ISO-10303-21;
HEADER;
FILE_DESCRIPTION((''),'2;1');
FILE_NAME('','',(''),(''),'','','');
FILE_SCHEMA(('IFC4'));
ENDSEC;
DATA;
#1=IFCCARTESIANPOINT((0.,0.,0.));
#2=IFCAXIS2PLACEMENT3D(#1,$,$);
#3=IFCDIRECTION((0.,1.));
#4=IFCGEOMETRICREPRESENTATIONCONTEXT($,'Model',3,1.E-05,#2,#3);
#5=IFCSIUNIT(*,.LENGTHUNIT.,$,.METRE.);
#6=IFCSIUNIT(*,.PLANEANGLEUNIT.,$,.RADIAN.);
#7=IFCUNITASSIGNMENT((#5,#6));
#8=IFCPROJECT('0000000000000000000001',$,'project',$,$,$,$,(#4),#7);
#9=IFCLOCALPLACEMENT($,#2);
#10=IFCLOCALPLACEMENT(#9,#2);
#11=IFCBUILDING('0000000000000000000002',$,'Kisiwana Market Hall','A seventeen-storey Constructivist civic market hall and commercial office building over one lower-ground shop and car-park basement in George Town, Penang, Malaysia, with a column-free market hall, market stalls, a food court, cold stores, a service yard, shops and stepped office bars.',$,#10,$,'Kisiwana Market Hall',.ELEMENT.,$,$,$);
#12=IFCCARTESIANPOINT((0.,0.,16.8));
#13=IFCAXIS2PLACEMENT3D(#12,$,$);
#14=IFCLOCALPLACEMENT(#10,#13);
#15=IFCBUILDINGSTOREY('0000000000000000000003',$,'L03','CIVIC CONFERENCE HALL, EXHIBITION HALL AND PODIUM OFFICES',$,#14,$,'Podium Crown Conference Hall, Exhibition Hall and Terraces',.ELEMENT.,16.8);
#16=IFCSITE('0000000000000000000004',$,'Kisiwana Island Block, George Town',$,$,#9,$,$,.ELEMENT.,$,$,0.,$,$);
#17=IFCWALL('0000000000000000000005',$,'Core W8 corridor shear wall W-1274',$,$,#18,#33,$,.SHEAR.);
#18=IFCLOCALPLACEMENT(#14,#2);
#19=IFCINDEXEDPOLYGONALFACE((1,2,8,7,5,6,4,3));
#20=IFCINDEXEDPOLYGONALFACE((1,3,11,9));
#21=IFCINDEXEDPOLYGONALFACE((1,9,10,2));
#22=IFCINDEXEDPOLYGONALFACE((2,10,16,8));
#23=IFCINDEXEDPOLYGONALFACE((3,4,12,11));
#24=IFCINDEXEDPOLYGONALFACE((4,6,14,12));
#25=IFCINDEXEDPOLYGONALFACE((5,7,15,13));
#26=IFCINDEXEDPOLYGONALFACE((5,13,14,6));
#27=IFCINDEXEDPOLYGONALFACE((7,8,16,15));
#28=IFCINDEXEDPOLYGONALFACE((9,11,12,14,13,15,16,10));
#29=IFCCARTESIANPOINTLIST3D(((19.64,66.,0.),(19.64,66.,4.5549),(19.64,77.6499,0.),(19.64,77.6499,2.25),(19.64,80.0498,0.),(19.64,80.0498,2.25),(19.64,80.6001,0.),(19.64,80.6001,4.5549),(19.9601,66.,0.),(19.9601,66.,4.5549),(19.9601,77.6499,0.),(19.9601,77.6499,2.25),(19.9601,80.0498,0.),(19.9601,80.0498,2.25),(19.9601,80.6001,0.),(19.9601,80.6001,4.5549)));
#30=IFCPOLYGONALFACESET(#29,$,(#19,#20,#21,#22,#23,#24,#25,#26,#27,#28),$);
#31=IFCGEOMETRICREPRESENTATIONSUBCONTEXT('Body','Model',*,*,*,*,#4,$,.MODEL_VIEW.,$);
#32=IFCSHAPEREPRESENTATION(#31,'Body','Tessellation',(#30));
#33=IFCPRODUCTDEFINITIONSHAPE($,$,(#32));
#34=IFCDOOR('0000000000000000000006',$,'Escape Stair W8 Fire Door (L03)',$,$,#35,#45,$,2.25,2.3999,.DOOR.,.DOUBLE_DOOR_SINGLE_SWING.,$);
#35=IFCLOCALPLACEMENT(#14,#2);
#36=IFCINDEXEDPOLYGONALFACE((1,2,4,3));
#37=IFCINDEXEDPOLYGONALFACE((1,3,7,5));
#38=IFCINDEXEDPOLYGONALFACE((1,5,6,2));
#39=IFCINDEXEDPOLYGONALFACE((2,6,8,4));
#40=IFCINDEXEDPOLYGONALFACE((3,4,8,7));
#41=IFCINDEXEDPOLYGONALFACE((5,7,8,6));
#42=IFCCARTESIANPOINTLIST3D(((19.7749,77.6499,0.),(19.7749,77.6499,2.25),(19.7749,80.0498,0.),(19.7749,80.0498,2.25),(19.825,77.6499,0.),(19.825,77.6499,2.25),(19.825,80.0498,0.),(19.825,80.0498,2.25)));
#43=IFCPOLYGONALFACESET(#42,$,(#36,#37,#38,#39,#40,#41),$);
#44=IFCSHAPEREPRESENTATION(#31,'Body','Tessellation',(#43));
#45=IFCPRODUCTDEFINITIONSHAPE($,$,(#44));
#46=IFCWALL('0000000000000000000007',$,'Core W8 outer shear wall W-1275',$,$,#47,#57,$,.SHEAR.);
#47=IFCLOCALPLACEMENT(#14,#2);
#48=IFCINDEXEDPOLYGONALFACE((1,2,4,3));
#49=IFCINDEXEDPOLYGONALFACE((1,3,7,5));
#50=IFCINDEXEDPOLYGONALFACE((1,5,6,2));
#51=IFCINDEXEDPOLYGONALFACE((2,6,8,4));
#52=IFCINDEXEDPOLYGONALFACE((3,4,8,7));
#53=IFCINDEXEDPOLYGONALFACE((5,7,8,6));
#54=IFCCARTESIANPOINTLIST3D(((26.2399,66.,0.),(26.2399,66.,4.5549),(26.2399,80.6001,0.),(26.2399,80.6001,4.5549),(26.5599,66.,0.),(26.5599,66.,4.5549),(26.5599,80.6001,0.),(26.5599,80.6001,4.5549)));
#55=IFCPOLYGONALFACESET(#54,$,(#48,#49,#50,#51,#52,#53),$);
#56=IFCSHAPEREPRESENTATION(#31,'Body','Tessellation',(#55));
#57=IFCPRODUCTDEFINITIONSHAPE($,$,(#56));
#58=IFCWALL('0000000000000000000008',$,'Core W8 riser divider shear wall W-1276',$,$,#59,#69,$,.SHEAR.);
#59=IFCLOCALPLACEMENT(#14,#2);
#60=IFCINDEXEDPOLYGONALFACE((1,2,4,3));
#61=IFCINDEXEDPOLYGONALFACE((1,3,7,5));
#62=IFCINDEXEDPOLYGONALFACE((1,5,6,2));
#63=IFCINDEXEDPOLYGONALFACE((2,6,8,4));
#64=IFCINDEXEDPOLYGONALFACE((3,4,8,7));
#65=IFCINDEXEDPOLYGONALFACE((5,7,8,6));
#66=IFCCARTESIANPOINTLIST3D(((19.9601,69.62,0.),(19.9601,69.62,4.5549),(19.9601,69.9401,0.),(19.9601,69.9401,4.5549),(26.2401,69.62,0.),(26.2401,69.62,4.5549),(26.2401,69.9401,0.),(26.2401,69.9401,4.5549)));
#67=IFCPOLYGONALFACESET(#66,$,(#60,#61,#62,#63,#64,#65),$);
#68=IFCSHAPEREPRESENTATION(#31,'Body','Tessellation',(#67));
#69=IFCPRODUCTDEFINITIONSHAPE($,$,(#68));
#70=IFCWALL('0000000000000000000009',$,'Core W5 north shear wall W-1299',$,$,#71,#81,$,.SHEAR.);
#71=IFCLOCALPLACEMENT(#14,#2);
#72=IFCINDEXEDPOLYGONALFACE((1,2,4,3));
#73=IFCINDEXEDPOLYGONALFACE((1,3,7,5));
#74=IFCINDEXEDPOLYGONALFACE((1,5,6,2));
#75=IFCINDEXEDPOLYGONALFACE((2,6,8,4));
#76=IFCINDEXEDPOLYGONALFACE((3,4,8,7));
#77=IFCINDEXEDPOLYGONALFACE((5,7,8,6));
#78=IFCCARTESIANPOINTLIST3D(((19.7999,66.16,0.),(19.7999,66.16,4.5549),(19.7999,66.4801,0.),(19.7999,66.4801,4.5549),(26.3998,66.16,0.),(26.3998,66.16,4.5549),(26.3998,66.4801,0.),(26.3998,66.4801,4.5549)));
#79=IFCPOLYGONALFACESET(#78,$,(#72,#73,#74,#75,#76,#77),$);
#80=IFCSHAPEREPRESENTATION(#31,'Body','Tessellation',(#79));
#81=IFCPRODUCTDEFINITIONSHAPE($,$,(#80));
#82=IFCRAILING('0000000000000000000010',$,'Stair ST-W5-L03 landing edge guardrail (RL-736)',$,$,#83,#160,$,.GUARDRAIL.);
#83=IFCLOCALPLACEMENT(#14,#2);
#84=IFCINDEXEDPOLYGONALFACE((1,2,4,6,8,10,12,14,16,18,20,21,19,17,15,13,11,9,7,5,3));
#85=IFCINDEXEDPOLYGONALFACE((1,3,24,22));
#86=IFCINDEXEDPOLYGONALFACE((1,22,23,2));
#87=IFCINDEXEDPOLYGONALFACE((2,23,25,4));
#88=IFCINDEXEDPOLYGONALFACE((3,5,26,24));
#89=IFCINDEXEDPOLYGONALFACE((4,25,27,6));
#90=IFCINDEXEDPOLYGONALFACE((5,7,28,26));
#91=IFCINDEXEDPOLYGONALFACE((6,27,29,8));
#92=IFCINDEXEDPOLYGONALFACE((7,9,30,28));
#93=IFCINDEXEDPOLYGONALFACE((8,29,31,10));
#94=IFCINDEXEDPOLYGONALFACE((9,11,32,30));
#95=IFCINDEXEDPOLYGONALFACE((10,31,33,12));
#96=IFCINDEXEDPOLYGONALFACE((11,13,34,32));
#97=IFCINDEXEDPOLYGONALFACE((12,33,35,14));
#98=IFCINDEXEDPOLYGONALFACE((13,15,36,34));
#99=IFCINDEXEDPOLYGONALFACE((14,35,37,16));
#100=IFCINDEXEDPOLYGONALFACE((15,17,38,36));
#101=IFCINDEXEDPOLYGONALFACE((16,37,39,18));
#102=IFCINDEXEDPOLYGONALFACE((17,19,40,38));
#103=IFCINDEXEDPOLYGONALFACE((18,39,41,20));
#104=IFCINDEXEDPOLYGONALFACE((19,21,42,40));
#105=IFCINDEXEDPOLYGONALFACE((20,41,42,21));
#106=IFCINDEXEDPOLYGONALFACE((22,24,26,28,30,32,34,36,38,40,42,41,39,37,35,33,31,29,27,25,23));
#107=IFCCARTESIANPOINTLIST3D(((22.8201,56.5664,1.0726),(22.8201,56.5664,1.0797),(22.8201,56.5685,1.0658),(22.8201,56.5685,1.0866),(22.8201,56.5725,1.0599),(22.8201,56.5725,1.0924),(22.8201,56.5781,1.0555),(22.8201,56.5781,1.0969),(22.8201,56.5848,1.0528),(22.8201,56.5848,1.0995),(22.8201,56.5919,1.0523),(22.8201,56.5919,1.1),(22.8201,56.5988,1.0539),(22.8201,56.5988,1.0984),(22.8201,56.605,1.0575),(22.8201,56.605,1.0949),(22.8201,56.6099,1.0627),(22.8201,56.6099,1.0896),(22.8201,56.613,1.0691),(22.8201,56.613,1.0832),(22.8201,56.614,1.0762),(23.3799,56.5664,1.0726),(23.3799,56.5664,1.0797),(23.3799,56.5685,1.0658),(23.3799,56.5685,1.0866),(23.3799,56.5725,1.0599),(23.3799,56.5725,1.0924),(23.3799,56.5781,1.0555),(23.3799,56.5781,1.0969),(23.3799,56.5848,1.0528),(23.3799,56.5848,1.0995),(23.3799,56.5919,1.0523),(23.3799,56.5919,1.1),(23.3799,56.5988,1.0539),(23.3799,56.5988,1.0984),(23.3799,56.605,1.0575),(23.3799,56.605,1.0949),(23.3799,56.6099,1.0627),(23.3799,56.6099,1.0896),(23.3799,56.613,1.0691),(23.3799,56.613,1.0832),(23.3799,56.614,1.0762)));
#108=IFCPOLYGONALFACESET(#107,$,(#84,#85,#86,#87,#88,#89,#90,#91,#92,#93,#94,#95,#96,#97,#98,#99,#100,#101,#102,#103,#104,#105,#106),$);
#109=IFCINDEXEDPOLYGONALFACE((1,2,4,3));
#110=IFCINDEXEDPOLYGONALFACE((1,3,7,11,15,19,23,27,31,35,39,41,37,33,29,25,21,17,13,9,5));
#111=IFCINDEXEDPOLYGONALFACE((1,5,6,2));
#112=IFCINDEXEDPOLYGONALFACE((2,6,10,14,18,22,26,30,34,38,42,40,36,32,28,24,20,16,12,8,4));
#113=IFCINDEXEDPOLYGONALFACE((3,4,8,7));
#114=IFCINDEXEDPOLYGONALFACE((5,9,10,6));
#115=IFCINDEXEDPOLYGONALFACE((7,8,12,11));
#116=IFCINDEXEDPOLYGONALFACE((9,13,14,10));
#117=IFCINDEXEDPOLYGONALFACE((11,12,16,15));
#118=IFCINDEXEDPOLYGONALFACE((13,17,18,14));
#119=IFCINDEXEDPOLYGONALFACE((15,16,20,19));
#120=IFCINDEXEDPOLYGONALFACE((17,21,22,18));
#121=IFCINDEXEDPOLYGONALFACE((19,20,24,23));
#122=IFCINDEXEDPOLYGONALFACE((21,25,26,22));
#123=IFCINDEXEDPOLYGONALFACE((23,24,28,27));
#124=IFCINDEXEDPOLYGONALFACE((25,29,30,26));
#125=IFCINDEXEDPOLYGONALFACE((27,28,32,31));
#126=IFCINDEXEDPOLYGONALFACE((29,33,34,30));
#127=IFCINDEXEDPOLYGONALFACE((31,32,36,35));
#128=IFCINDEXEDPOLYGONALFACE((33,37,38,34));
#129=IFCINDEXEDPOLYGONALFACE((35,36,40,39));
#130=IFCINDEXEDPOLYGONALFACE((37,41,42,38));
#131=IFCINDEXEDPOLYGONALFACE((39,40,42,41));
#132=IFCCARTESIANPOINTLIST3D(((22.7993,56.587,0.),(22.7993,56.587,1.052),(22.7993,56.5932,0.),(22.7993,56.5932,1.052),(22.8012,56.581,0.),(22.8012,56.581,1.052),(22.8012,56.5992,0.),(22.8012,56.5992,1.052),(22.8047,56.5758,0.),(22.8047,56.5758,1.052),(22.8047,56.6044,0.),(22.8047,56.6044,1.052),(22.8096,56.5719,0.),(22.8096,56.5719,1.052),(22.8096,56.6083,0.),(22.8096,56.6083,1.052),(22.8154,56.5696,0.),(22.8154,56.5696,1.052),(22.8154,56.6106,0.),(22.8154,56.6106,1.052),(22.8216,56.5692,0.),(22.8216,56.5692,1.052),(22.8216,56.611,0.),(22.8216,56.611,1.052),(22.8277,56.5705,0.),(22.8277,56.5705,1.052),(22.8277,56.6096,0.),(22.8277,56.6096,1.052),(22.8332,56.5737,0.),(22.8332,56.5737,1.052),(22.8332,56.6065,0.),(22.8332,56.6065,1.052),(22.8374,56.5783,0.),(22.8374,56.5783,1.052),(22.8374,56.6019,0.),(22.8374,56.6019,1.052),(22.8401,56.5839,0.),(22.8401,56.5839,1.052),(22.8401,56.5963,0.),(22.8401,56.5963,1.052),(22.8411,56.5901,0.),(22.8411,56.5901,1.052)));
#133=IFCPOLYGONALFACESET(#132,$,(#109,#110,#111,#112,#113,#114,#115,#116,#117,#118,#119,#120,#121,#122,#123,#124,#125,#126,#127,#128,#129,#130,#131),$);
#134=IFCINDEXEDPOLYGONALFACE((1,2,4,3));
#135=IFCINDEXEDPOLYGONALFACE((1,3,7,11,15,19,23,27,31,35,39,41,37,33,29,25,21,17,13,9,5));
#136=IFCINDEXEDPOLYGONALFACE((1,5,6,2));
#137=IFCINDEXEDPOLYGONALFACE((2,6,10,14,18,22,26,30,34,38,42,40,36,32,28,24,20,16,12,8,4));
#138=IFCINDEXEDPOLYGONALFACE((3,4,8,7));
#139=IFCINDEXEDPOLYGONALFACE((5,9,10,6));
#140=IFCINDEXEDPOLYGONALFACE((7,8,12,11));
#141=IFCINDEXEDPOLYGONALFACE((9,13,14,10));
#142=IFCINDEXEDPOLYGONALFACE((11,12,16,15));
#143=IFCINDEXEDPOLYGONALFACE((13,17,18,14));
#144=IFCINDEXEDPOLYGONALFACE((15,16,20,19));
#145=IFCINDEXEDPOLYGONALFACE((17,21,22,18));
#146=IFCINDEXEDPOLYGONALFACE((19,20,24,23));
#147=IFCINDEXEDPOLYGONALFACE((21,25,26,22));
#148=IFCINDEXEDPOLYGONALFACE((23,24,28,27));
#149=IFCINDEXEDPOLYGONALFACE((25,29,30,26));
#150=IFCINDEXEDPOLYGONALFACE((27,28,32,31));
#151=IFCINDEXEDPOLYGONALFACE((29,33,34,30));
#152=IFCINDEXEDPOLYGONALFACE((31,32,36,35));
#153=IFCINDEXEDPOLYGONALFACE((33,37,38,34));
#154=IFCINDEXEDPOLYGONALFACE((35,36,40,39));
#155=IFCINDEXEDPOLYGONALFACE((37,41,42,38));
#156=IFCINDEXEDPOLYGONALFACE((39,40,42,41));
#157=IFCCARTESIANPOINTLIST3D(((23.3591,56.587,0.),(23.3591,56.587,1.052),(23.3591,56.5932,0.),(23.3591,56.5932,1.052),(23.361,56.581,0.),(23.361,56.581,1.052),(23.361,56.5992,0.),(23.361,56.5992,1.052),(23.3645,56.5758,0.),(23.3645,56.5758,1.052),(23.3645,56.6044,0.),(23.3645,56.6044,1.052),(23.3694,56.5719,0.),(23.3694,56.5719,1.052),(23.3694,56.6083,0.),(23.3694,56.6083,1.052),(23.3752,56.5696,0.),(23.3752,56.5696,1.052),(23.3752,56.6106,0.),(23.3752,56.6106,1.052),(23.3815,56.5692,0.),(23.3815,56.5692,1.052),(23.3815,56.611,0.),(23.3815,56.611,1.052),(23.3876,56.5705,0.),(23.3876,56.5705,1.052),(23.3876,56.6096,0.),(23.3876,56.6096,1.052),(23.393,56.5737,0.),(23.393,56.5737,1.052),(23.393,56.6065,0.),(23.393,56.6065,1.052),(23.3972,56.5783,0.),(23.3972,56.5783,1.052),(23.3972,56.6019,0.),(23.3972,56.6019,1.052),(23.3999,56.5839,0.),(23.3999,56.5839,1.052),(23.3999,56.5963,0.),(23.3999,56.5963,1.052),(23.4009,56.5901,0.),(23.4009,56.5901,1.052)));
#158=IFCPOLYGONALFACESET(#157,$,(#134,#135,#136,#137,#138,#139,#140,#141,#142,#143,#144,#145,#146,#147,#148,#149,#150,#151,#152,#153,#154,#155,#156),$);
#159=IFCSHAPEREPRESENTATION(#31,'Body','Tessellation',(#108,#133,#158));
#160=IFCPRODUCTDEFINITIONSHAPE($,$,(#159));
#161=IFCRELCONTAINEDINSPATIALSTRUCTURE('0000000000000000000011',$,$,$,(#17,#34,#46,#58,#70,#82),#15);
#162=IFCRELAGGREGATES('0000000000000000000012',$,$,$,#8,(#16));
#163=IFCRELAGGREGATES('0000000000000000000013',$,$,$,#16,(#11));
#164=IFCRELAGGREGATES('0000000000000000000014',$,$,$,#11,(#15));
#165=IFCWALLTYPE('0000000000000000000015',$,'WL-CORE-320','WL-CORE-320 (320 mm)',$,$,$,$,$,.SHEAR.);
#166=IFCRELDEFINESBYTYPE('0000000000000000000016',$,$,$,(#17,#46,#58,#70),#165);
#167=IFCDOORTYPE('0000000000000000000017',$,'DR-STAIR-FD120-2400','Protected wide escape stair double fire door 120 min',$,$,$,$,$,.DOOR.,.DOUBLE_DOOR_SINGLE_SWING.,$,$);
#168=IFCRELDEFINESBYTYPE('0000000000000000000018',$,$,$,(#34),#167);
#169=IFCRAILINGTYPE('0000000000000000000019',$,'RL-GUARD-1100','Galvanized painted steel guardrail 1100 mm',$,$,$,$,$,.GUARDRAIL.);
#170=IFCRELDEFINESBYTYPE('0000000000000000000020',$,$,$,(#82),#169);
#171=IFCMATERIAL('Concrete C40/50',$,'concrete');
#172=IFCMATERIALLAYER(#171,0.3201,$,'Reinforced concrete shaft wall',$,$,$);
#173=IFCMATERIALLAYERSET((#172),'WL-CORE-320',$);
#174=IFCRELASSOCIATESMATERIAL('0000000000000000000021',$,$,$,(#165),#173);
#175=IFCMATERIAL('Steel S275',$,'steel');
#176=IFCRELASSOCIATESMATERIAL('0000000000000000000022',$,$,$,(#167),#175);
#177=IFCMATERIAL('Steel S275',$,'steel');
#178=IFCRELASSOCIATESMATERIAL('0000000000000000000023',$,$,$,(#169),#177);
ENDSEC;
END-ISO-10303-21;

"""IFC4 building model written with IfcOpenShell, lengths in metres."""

from ifc_helpers import new_model, si_unit, direction, frame, frame_2d, origin, origin_2d, place, context, subcontext, project, spatial, rectangle, circle, extrude, material, layer, layer_set, type_object, element, fill, save


model = new_model("IFC4")

# Units and contexts
model_context = context("Model", 3, precision=1e-05, world=origin(), true_north=direction((0.0, 1.0)))
body_context = subcontext(model_context, "Body", "Model", "MODEL_VIEW")
ifc_project = project(units=[si_unit("LENGTHUNIT", "METRE"), si_unit("PLANEANGLEUNIT", "RADIAN")], contexts=[model_context])

# Site, building, storey
site_placement = place(None, origin())
site = spatial("IfcSite", under=ifc_project, at=site_placement, Name="Kisiwana Island Block, George Town", CompositionType="ELEMENT", RefElevation=0.0)
building_placement = place(site_placement, origin())
building = spatial("IfcBuilding", under=site, at=building_placement, Name="Kisiwana Market Hall", Description="A seventeen-storey Constructivist civic market hall and commercial office building over one lower-ground shop and car-park basement in George Town, Penang, Malaysia, with a column-free market hall, market stalls, a food court, cold stores, a service yard, shops and stepped office bars.", LongName="Kisiwana Market Hall", CompositionType="ELEMENT")
storey_placement = place(building_placement, frame((0.0, 0.0, 16.8)))
storey = spatial("IfcBuildingStorey", under=building, at=storey_placement, Name="L03", Description="CIVIC CONFERENCE HALL, EXHIBITION HALL AND PODIUM OFFICES", LongName="Podium Crown Conference Hall, Exhibition Hall and Terraces", CompositionType="ELEMENT", Elevation=16.8)

# Shared definitions
ifc_material_1 = material(Name="Concrete C40/50", Category="concrete")
ifc_layer = layer(ifc_material_1, 0.3201, Name="Reinforced concrete shaft wall")
ifc_layer_set = layer_set([ifc_layer], Name="WL-CORE-320")
wall_type = type_object("IfcWallType", Name="WL-CORE-320", Description="WL-CORE-320 (320 mm)", PredefinedType="SHEAR", material=ifc_layer_set)
ifc_material_2 = material(Name="Steel S275", Category="steel")
door_type = type_object("IfcDoorType", Name="DR-STAIR-FD120-2400", Description="Protected wide escape stair double fire door 120 min", OperationType="DOUBLE_DOOR_SINGLE_SWING", PredefinedType="DOOR", material=ifc_material_2)

# Wall, opening, door
wall_1_placement = place(storey_placement, frame((19.8, 66.0, 0.0), z_axis=(0.0, 0.0, 1.0), x_axis=(0.0, 1.0, 0.0)))
wall_1 = element("IfcWall", 1, at=wall_1_placement, inside=storey, type_object=wall_type, Name="Core W8 corridor shear wall W-1274", PredefinedType="SHEAR", context=body_context, shape_type="SweptSolid", body=[
    extrude(rectangle(XDim=14.6001, YDim=0.3201, at=frame_2d((7.3, 0.0))), origin(), (0.0, 0.0, 1.0), 4.5549),
])
opening_1_placement = place(wall_1_placement, frame((11.6499, 0.0, 0.0)))
opening_1 = element("IfcOpeningElement", 2, at=opening_1_placement, cuts=wall_1, PredefinedType="OPENING", context=body_context, shape_type="SweptSolid", body=[
    extrude(rectangle(XDim=2.3999, YDim=2.25, at=frame_2d((1.2, 1.125))), frame((0.0, 0.1719, 0.0), z_axis=(0.0, -1.0, 0.0), x_axis=(1.0, 0.0, 0.0)), (0.0, 0.0, 1.0), 0.344),
])
door_1_placement = place(opening_1_placement, frame((2.3999, 0.0, 0.0), z_axis=(0.0, 0.0, 1.0), x_axis=(-1.0, 0.0, 0.0)))
door_1 = element("IfcDoor", 3, at=door_1_placement, inside=storey, type_object=door_type, Name="Escape Stair W8 Fire Door (L03)", OperationType="DOUBLE_DOOR_SINGLE_SWING", OverallHeight=2.25, OverallWidth=2.3999, PredefinedType="DOOR", context=body_context, shape_type="SweptSolid", body=[
    extrude(rectangle(XDim=2.3999, YDim=2.25, at=frame_2d((1.2, 1.125))), frame((0.0, 0.0249, 0.0), z_axis=(0.0, -1.0, 0.0), x_axis=(1.0, 0.0, 0.0)), (0.0, 0.0, 1.0), 0.05),
])
fill(opening_1, door_1)

# Walls
wall_2_placement = place(storey_placement, frame((26.3999, 66.0, 0.0), z_axis=(0.0, 0.0, 1.0), x_axis=(0.0, 1.0, 0.0)))
element("IfcWall", 4, at=wall_2_placement, inside=storey, type_object=wall_type, Name="Core W8 outer shear wall W-1275", PredefinedType="SHEAR", context=body_context, shape_type="SweptSolid", body=[
    extrude(rectangle(XDim=14.6001, YDim=0.3201, at=frame_2d((7.3, 0.0))), origin(), (0.0, 0.0, 1.0), 4.5549),
])
wall_3_placement = place(storey_placement, frame((19.96, 69.78, 0.0), z_axis=(0.0, 0.0, 1.0), x_axis=(1.0, 0.0, 0.0)))
element("IfcWall", 5, at=wall_3_placement, inside=storey, type_object=wall_type, Name="Core W8 riser divider shear wall W-1276", PredefinedType="SHEAR", context=body_context, shape_type="SweptSolid", body=[
    extrude(rectangle(XDim=6.28, YDim=0.3201, at=frame_2d((3.1401, 0.0))), origin(), (0.0, 0.0, 1.0), 4.5549),
])
wall_4_placement = place(storey_placement, frame((19.8, 66.3201, 0.0), z_axis=(0.0, 0.0, 1.0), x_axis=(1.0, 0.0, 0.0)))
element("IfcWall", 6, at=wall_4_placement, inside=storey, type_object=wall_type, Name="Core W5 north shear wall W-1299", PredefinedType="SHEAR", context=body_context, shape_type="SweptSolid", body=[
    extrude(rectangle(XDim=6.5999, YDim=0.3201, at=frame_2d((3.2998, 0.0))), origin(), (0.0, 0.0, 1.0), 4.5549),
])

# Railing
ifc_material_3 = material(Name="Steel S275", Category="steel")
railing_type_1 = type_object("IfcRailingType", Name="RL-GUARD-1100", Description="Galvanized painted steel guardrail 1100 mm", PredefinedType="GUARDRAIL", material=ifc_material_3)
railing_1_placement = place(storey_placement, frame((22.8201, 56.5901, 0.0)))
element("IfcRailing", 7, at=railing_1_placement, inside=storey, type_object=railing_type_1, Name="Stair ST-W5-L03 landing edge guardrail (RL-736)", PredefinedType="GUARDRAIL", context=body_context, shape_type="SweptSolid", body=[
    extrude(circle(Radius=0.0239, at=origin_2d()), frame((0.0, 0.0, 1.0762), z_axis=(1.0, 0.0, 0.0), x_axis=(0.0, 1.0, 0.0)), (0.0, 0.0, 1.0), 0.5598),
    extrude(circle(Radius=0.021, at=origin_2d()), origin(), (0.0, 0.0, 1.0), 1.052),
    extrude(circle(Radius=0.021, at=origin_2d()), frame((0.5598, 0.0, 0.0)), (0.0, 0.0, 1.0), 1.052),
])

save(model, "model.ifc")
